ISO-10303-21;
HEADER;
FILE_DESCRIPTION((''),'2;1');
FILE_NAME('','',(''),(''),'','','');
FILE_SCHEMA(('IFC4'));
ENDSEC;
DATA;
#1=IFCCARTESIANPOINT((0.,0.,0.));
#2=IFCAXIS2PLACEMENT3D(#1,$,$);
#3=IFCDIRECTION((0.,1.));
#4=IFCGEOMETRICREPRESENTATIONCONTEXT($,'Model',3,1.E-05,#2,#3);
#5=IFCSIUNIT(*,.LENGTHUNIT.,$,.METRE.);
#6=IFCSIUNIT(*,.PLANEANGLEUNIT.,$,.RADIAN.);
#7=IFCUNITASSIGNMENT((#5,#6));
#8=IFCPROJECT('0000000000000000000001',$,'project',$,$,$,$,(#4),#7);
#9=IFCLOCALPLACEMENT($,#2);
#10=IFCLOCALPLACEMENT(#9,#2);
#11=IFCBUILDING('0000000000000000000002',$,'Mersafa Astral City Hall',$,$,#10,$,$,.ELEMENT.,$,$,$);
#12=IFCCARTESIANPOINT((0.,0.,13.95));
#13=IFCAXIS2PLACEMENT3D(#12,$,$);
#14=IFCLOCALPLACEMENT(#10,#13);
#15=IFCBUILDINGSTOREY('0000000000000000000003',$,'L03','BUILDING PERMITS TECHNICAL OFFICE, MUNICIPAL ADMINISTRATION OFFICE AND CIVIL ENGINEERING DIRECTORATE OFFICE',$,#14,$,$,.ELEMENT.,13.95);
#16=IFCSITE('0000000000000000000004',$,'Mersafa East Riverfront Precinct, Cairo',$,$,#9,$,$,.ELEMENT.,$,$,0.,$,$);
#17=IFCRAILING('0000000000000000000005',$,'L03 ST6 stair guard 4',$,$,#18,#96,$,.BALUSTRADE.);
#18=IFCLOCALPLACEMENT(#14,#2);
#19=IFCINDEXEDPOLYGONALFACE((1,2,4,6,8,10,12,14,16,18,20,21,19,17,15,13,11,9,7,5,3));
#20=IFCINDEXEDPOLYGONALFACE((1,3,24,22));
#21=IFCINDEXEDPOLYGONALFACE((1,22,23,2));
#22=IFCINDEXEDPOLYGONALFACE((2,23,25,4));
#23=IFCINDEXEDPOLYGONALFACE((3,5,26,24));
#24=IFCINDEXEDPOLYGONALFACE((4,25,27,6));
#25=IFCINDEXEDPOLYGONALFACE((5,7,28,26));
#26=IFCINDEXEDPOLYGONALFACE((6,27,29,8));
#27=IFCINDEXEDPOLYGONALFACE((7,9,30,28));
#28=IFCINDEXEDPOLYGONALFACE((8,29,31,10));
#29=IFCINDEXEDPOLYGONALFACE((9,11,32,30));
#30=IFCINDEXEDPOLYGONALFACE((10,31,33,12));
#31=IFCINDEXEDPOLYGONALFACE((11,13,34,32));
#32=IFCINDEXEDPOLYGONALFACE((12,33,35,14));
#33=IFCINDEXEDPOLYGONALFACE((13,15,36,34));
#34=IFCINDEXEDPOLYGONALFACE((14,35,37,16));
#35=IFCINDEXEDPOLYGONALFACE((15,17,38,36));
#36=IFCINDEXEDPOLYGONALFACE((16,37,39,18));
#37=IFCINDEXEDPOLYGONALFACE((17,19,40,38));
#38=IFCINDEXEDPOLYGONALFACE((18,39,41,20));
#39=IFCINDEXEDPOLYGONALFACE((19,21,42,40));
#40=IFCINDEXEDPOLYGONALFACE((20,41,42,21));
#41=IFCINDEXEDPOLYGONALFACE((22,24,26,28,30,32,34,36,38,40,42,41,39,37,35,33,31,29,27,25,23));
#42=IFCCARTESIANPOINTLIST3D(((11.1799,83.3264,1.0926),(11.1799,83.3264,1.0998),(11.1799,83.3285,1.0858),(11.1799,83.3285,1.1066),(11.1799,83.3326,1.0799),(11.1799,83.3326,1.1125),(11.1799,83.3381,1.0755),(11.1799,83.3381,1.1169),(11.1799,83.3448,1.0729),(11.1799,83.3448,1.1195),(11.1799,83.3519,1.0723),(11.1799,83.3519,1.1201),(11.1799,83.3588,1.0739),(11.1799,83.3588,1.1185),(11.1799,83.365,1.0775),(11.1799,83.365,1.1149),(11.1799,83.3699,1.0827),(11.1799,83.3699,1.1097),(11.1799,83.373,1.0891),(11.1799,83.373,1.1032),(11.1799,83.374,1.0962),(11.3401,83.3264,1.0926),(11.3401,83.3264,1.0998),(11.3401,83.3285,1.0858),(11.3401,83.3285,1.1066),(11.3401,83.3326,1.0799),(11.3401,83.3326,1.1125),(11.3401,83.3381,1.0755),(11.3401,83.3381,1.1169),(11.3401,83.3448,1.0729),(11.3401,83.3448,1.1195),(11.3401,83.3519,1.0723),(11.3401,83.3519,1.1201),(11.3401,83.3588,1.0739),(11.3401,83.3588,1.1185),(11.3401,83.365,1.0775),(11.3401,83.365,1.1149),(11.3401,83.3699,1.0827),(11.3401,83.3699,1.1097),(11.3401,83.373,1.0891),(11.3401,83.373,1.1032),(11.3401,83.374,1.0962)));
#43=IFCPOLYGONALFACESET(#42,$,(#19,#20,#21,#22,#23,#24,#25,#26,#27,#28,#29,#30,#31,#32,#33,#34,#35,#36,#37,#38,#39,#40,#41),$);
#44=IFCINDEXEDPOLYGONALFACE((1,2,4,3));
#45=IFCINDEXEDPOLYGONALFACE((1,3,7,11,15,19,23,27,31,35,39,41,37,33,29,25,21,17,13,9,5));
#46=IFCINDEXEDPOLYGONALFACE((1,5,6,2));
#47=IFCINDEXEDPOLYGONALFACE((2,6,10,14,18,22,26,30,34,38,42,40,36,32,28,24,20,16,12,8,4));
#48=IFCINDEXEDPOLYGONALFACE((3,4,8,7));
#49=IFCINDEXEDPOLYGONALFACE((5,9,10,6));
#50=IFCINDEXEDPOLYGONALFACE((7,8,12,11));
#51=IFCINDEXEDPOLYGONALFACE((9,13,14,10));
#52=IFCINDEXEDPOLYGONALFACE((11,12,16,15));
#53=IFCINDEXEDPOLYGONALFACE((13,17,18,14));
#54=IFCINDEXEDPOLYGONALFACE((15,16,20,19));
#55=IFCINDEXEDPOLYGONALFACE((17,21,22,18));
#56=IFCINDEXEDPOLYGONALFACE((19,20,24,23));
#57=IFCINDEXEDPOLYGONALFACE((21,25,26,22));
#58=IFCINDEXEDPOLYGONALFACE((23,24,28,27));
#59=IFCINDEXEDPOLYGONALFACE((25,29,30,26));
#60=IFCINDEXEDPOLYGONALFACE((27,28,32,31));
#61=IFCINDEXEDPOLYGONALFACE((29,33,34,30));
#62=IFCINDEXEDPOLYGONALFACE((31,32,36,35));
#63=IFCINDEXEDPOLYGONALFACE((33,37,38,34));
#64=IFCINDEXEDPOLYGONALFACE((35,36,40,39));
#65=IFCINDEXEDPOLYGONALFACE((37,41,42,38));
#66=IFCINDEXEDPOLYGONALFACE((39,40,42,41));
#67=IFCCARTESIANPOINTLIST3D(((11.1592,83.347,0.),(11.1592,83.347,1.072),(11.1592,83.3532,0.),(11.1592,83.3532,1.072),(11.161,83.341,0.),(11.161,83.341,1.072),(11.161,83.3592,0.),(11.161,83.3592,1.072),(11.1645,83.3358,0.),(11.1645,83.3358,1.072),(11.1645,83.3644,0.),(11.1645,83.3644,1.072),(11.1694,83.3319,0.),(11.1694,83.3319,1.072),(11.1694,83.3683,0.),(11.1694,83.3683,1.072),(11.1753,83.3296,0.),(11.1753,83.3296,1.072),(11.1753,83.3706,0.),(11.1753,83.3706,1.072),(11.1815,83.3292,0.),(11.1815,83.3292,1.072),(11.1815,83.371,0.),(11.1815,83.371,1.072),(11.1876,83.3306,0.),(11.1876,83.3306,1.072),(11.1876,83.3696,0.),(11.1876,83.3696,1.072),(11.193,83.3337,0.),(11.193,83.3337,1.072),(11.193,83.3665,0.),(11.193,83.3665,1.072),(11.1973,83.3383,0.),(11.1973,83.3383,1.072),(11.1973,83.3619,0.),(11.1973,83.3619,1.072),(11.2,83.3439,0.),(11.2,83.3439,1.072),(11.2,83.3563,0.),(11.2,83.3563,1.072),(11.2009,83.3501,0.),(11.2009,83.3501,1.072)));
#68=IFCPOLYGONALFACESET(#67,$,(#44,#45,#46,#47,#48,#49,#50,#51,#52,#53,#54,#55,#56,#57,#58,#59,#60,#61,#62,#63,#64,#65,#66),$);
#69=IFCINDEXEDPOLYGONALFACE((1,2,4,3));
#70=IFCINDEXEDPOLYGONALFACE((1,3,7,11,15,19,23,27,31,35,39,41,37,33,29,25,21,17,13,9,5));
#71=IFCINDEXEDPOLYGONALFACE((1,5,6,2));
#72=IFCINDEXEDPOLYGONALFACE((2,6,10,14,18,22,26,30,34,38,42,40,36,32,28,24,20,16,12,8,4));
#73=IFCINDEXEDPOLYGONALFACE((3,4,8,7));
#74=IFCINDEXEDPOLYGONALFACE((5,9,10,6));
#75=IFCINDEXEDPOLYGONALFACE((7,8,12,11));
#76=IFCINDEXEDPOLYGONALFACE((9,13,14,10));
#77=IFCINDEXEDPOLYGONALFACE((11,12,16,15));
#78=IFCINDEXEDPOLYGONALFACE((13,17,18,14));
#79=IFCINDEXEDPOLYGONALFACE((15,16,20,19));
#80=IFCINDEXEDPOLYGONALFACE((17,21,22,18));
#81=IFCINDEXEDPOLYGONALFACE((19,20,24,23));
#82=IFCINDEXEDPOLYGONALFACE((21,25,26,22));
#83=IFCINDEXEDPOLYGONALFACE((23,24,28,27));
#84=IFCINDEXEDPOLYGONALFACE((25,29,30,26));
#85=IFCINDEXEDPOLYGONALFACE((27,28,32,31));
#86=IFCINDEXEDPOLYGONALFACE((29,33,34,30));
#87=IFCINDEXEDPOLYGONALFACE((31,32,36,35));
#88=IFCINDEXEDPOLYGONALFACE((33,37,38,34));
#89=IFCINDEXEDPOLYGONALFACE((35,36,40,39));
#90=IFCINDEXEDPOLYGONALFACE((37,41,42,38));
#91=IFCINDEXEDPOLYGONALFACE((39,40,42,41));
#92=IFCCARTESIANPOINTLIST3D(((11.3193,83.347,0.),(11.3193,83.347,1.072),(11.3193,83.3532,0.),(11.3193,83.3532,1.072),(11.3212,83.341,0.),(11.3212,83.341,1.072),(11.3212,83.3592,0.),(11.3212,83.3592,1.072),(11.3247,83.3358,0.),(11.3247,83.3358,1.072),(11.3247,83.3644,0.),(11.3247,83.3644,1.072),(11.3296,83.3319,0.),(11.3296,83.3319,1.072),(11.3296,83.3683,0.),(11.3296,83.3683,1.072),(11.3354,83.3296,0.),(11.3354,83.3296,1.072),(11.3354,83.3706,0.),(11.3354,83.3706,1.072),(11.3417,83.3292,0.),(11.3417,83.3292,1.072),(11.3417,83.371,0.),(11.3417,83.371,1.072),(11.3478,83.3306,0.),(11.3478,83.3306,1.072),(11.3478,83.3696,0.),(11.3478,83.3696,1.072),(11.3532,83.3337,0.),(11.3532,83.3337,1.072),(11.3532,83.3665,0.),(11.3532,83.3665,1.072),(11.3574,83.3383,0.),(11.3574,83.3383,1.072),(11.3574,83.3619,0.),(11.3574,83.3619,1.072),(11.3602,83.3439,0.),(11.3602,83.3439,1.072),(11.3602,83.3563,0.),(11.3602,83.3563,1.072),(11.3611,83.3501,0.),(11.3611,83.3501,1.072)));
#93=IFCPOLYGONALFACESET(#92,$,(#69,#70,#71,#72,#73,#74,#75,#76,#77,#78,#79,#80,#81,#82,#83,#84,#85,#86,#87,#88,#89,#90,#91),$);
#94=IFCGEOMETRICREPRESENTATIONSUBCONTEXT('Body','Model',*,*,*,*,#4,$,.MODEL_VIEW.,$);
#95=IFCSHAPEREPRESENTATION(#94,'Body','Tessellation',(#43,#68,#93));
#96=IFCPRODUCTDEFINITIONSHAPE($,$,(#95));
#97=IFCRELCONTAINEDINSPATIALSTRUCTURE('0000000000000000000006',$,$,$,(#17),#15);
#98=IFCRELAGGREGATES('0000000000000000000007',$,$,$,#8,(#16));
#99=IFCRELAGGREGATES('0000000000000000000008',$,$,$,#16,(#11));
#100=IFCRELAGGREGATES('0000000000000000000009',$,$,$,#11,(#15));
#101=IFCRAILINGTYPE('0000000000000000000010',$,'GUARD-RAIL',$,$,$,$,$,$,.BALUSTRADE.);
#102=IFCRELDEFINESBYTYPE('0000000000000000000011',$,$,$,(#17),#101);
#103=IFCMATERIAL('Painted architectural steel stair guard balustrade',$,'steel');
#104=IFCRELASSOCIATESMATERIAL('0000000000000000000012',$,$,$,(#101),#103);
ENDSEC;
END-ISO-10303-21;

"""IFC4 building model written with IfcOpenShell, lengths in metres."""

from ifc_helpers import new_model, si_unit, direction, frame, origin, origin_2d, place, context, subcontext, project, spatial, circle, extrude, material, type_object, element, save


model = new_model("IFC4")

# Units and contexts
model_context = context("Model", 3, precision=1e-05, world=origin(), true_north=direction((0.0, 1.0)))
body_context = subcontext(model_context, "Body", "Model", "MODEL_VIEW")
ifc_project = project(units=[si_unit("LENGTHUNIT", "METRE"), si_unit("PLANEANGLEUNIT", "RADIAN")], contexts=[model_context])

# Site, building, storey
site_placement = place(None, origin())
site = spatial("IfcSite", under=ifc_project, at=site_placement, Name="Mersafa East Riverfront Precinct, Cairo", CompositionType="ELEMENT", RefElevation=0.0)
building_placement = place(site_placement, origin())
building = spatial("IfcBuilding", under=site, at=building_placement, Name="Mersafa Astral City Hall", CompositionType="ELEMENT")
storey_placement = place(building_placement, frame((0.0, 0.0, 13.95)))
storey = spatial("IfcBuildingStorey", under=building, at=storey_placement, Name="L03", Description="BUILDING PERMITS TECHNICAL OFFICE, MUNICIPAL ADMINISTRATION OFFICE AND CIVIL ENGINEERING DIRECTORATE OFFICE", CompositionType="ELEMENT", Elevation=13.95)

# Railing
ifc_material_1 = material(Name="Painted architectural steel stair guard balustrade", Category="steel")
railing_type_1 = type_object("IfcRailingType", Name="GUARD-RAIL", PredefinedType="BALUSTRADE", material=ifc_material_1)
railing_1_placement = place(storey_placement, frame((11.1799, 83.3501, 0.0)))
element("IfcRailing", 1, at=railing_1_placement, inside=storey, type_object=railing_type_1, Name="L03 ST6 stair guard 4", PredefinedType="BALUSTRADE", context=body_context, shape_type="SweptSolid", body=[
    extrude(circle(Radius=0.0239, at=origin_2d()), frame((0.0, 0.0, 1.0962), z_axis=(1.0, 0.0, 0.0), x_axis=(0.0, 1.0, 0.0)), (0.0, 0.0, 1.0), 0.1602),
    extrude(circle(Radius=0.021, at=origin_2d()), origin(), (0.0, 0.0, 1.0), 1.072),
    extrude(circle(Radius=0.021, at=origin_2d()), frame((0.1602, 0.0, 0.0)), (0.0, 0.0, 1.0), 1.072),
])

save(model, "model.ifc")
